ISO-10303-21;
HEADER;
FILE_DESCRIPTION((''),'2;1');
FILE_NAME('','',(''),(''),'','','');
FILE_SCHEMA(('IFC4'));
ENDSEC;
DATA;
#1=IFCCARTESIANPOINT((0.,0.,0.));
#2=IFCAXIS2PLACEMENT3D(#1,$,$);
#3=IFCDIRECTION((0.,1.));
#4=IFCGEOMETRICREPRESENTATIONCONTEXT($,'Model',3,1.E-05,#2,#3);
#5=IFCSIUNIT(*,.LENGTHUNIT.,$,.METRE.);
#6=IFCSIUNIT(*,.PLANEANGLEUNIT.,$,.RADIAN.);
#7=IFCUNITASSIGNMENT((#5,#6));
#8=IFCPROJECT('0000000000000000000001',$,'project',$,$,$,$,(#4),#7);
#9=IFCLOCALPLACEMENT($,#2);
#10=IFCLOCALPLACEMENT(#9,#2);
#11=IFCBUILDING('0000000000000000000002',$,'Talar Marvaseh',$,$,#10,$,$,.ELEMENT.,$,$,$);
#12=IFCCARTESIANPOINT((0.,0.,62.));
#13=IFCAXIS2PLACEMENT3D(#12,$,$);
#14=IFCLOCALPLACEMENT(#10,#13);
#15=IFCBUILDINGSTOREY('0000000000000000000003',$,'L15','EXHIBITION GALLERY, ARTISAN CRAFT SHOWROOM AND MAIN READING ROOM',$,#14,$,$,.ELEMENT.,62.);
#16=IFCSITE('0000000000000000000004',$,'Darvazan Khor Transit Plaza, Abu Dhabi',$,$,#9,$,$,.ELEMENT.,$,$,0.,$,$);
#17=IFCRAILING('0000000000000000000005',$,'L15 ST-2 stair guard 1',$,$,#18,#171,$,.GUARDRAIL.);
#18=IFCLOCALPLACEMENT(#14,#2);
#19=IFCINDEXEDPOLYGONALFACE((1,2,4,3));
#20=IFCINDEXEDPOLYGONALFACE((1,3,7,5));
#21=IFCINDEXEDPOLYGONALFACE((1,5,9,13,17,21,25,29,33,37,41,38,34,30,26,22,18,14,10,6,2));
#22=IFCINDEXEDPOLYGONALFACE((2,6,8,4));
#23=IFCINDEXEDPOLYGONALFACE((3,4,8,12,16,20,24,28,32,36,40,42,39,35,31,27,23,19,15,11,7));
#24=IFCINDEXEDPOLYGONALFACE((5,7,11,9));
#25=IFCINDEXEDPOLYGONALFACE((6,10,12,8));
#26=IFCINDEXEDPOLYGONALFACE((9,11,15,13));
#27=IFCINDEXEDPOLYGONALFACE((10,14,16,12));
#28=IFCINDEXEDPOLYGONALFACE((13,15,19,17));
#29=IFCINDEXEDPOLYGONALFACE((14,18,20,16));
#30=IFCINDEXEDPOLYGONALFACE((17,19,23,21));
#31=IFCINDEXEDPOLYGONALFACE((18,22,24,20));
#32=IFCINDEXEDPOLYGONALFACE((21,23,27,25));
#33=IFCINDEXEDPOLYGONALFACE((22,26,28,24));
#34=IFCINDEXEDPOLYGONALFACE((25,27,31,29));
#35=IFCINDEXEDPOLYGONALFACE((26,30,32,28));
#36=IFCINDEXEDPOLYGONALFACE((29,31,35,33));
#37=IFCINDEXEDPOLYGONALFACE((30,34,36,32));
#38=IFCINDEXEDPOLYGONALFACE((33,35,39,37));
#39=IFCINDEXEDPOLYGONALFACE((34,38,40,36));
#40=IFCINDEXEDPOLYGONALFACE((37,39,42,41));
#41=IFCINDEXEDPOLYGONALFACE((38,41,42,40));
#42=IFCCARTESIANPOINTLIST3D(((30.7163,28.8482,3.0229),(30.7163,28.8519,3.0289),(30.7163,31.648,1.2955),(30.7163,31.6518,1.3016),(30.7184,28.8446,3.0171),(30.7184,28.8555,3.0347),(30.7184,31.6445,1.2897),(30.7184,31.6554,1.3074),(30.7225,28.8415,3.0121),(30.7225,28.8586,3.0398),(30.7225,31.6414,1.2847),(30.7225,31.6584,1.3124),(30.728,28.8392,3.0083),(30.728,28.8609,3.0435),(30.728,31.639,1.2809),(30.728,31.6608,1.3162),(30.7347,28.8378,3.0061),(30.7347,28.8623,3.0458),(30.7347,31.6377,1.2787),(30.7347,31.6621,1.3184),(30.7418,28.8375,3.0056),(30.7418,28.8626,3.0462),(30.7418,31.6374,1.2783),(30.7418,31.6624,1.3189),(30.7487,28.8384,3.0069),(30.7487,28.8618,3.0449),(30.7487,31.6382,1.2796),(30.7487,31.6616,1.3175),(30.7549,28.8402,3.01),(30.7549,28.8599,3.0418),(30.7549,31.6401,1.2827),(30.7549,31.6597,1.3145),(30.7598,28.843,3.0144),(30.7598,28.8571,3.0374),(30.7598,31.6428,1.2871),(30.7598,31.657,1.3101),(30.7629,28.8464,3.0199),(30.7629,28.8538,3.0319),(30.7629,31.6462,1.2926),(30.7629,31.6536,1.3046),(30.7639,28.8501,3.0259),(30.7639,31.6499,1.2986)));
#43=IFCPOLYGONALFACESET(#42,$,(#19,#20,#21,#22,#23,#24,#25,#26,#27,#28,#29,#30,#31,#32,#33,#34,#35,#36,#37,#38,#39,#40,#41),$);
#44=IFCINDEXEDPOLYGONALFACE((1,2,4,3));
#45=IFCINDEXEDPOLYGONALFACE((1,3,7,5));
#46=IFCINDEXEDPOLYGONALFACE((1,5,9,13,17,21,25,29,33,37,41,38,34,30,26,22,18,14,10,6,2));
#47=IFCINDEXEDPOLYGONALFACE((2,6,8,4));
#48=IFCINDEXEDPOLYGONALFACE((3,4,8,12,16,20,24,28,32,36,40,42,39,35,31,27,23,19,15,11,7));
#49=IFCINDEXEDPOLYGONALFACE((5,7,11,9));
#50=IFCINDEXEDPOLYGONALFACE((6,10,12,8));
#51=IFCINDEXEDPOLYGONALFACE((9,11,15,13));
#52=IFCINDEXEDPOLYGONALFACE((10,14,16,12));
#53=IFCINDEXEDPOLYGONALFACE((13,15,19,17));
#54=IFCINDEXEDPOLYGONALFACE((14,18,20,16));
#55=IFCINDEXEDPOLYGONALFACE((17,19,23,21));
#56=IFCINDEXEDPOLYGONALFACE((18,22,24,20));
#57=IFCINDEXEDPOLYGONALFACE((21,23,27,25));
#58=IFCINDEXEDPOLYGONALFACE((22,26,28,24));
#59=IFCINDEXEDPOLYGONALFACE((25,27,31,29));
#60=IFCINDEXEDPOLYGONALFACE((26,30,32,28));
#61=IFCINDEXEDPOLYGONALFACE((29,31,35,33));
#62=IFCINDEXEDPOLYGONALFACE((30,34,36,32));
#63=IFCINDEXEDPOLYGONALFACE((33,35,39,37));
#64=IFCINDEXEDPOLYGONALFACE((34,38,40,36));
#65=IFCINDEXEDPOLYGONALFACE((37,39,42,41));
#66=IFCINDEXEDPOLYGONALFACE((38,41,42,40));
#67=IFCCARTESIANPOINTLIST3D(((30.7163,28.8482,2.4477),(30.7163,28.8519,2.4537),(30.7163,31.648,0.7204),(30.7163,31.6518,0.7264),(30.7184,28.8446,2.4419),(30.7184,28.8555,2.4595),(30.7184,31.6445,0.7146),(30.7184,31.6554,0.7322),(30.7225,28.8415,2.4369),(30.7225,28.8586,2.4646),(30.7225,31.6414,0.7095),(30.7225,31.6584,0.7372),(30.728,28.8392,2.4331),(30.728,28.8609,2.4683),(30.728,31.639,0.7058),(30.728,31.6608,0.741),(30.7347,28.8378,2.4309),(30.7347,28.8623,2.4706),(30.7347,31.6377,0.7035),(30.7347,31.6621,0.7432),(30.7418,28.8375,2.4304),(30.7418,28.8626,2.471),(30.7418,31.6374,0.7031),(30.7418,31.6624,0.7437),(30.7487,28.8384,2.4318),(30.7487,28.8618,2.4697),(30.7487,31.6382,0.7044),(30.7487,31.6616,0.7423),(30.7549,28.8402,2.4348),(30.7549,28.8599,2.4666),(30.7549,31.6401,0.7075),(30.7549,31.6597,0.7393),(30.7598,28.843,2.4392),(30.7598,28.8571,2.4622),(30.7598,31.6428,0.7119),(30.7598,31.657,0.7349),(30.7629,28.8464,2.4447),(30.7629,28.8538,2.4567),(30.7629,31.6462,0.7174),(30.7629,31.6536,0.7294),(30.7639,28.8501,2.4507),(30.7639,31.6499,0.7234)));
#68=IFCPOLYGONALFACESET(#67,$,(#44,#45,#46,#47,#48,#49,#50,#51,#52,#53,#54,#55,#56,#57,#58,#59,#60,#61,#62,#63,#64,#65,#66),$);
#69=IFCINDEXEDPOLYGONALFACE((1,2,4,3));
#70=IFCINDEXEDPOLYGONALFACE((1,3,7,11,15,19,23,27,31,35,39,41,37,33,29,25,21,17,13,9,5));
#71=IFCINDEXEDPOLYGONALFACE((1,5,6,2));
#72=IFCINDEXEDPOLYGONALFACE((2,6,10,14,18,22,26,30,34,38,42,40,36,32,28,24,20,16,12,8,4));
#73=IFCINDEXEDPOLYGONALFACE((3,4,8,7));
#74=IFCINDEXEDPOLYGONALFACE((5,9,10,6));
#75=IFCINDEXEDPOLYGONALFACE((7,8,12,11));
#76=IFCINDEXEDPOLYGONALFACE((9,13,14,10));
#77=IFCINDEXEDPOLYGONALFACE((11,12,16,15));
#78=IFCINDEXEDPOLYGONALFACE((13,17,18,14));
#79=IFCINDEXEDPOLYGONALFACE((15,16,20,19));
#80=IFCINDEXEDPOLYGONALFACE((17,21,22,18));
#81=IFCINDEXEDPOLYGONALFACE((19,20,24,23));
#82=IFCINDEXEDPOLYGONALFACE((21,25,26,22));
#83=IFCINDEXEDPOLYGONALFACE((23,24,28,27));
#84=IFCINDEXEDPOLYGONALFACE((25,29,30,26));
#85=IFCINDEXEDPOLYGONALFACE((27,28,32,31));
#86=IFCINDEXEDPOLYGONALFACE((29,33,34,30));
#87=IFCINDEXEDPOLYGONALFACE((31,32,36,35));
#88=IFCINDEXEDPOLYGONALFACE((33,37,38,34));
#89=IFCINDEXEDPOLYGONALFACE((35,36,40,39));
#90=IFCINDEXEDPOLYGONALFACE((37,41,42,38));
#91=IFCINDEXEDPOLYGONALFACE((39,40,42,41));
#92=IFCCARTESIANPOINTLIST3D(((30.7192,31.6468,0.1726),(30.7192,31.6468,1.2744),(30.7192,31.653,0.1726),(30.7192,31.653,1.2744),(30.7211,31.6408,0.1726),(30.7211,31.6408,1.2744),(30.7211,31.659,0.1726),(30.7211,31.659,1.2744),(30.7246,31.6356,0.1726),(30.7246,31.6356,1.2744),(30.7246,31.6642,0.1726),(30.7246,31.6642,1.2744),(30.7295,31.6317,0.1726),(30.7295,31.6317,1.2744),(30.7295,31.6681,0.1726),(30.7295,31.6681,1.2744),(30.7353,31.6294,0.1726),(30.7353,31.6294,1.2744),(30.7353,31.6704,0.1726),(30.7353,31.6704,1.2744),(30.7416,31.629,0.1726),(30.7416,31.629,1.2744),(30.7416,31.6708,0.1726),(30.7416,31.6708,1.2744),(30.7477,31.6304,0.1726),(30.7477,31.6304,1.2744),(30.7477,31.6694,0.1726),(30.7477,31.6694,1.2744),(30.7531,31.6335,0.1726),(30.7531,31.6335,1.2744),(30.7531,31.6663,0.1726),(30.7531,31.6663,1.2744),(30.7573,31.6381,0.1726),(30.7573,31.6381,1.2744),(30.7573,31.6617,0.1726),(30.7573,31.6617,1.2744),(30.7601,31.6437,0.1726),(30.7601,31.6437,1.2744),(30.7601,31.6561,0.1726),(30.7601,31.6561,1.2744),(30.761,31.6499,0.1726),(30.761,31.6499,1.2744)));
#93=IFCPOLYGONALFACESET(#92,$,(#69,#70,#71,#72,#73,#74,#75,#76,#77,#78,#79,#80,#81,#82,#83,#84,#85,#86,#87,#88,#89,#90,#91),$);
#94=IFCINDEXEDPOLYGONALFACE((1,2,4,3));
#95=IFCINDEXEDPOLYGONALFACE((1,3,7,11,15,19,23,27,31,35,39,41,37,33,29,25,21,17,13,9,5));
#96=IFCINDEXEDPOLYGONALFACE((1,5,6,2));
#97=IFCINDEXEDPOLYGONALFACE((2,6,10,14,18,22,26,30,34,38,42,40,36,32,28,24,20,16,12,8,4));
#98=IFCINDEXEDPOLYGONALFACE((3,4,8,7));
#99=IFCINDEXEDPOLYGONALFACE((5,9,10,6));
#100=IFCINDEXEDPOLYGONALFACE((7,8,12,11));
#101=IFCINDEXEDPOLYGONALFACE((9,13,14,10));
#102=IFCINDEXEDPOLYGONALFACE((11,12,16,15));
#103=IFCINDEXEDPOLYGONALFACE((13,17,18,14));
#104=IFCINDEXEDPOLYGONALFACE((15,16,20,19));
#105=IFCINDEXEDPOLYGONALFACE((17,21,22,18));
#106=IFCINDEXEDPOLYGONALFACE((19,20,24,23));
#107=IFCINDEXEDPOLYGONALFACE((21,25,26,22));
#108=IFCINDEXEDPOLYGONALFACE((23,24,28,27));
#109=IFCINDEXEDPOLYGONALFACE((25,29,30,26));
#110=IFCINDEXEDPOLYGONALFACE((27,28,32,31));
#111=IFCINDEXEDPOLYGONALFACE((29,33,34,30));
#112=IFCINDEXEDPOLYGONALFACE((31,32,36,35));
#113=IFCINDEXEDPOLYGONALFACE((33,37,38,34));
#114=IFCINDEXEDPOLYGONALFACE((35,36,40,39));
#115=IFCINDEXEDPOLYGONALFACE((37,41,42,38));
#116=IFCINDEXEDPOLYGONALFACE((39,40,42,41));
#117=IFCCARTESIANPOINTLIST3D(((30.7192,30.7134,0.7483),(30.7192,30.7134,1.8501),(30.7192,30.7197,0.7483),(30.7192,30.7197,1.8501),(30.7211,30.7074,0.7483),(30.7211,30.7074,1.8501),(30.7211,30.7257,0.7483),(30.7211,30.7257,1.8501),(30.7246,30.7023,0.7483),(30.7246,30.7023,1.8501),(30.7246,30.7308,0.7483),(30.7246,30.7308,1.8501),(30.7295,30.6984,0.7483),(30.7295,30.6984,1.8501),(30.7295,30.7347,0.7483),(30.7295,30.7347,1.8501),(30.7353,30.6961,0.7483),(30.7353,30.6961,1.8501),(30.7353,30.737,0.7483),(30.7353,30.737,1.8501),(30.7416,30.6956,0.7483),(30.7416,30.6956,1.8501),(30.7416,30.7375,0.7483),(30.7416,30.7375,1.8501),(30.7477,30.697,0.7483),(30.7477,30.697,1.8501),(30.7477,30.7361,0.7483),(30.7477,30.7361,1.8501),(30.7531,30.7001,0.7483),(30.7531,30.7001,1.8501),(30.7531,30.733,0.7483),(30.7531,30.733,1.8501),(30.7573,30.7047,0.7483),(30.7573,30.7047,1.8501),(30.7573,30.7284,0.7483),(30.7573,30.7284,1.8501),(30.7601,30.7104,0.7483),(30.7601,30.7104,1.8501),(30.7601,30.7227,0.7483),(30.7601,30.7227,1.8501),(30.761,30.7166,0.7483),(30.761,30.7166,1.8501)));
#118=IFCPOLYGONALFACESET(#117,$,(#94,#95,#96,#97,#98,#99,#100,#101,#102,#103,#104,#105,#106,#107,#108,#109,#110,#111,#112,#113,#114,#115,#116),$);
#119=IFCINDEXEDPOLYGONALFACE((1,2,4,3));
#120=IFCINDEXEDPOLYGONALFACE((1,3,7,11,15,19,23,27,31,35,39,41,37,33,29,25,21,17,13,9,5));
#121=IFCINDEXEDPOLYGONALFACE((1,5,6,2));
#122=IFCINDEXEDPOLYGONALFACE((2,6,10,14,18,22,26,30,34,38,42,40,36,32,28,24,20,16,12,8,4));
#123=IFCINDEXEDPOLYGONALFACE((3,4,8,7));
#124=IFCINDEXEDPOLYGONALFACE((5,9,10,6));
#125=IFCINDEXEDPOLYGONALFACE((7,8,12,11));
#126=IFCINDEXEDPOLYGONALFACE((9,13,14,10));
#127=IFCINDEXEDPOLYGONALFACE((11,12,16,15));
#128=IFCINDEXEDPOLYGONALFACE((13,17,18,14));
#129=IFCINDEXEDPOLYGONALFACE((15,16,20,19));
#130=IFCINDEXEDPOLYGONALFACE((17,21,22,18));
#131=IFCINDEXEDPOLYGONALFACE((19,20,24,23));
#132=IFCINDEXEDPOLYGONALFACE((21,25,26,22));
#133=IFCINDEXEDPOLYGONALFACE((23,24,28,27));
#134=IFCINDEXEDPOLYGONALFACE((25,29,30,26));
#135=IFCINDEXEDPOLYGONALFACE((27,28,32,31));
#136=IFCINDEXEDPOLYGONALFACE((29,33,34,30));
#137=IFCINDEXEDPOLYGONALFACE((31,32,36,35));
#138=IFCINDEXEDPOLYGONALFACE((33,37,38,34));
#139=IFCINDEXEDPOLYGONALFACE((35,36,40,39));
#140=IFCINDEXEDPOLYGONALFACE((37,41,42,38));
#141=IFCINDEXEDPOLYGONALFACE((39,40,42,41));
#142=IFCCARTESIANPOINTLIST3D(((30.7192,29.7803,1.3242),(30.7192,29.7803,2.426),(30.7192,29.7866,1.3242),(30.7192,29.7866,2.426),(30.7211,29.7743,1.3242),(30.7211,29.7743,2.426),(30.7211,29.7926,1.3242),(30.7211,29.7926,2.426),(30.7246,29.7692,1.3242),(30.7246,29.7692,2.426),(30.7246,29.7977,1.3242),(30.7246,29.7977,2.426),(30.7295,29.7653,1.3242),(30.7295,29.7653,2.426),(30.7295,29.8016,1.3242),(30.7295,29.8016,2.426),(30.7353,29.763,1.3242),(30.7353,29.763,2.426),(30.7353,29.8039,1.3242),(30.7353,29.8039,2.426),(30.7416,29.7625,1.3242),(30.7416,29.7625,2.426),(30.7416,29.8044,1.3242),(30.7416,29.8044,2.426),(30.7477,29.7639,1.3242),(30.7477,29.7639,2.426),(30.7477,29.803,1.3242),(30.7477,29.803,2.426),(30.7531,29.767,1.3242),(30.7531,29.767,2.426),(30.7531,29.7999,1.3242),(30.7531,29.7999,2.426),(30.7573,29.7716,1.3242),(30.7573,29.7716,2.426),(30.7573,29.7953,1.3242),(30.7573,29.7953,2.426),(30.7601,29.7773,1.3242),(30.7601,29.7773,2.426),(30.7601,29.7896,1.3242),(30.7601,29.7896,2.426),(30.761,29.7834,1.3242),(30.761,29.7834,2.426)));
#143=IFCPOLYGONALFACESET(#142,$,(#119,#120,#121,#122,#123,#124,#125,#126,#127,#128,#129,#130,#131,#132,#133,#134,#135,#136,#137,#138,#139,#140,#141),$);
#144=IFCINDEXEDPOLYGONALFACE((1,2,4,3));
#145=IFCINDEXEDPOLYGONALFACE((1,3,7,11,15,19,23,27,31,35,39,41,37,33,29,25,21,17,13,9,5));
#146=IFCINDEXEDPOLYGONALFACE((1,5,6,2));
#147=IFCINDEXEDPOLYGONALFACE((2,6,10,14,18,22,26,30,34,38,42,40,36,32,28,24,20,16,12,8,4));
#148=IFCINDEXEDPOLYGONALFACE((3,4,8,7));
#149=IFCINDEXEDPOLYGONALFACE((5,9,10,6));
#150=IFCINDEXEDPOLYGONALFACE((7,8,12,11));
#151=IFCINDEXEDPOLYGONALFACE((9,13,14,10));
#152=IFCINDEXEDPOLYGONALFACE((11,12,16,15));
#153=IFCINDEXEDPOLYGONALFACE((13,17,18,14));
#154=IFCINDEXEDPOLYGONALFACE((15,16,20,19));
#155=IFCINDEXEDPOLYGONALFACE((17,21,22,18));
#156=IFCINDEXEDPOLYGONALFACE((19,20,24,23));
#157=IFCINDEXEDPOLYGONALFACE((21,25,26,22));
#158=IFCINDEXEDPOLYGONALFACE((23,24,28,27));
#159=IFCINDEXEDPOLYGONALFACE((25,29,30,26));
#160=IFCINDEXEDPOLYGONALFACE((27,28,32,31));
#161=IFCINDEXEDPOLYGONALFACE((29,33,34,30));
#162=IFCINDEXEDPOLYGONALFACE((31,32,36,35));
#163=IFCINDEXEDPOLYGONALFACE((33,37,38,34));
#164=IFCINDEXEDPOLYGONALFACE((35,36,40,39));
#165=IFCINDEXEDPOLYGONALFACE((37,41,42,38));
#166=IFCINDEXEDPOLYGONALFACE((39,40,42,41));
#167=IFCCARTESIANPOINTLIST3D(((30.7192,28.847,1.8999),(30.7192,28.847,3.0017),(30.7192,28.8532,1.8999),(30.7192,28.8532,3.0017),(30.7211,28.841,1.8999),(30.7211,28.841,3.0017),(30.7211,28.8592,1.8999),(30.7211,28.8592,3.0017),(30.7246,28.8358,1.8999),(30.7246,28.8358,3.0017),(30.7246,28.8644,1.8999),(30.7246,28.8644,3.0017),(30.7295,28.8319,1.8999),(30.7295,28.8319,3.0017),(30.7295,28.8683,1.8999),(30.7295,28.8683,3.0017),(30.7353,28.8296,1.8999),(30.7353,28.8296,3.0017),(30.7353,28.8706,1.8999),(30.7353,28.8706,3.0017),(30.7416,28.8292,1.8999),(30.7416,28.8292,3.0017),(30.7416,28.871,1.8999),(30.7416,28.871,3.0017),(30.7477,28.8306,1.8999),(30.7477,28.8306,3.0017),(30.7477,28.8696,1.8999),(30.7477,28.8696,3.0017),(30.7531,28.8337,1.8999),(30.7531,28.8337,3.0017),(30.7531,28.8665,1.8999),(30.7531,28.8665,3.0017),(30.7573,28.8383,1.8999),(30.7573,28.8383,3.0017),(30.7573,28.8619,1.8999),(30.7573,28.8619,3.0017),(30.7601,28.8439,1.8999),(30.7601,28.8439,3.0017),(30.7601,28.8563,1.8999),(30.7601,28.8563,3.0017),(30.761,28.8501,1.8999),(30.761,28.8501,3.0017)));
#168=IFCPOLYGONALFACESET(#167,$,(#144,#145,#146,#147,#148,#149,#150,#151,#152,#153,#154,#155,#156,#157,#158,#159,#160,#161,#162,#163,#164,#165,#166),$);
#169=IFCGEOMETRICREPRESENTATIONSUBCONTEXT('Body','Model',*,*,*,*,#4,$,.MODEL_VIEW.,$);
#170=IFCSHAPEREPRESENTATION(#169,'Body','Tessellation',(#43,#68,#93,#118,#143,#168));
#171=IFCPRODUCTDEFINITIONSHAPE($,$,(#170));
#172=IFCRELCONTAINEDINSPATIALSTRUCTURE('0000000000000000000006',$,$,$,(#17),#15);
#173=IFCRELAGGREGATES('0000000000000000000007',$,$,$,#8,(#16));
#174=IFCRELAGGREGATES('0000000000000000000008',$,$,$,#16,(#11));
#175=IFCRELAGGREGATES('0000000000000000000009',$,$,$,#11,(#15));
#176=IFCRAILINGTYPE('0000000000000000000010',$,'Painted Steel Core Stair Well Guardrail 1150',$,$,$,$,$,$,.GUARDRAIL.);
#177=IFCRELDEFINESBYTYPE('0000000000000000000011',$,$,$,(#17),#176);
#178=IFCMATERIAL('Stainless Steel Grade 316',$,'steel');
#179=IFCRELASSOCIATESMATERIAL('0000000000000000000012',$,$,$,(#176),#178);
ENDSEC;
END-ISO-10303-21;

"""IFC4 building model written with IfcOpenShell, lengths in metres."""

from ifc_helpers import new_model, si_unit, direction, frame, origin, origin_2d, place, context, subcontext, project, spatial, circle, extrude, material, type_object, element, save


model = new_model("IFC4")

# Units and contexts
model_context = context("Model", 3, precision=1e-05, world=origin(), true_north=direction((0.0, 1.0)))
body_context = subcontext(model_context, "Body", "Model", "MODEL_VIEW")
ifc_project = project(units=[si_unit("LENGTHUNIT", "METRE"), si_unit("PLANEANGLEUNIT", "RADIAN")], contexts=[model_context])

# Site, building, storey
site_placement = place(None, origin())
site = spatial("IfcSite", under=ifc_project, at=site_placement, Name="Darvazan Khor Transit Plaza, Abu Dhabi", CompositionType="ELEMENT", RefElevation=0.0)
building_placement = place(site_placement, origin())
building = spatial("IfcBuilding", under=site, at=building_placement, Name="Talar Marvaseh", CompositionType="ELEMENT")
storey_placement = place(building_placement, frame((0.0, 0.0, 62.0)))
storey = spatial("IfcBuildingStorey", under=building, at=storey_placement, Name="L15", Description="EXHIBITION GALLERY, ARTISAN CRAFT SHOWROOM AND MAIN READING ROOM", CompositionType="ELEMENT", Elevation=62.0)

# Shared definitions
ifc_material_1 = material(Name="Stainless Steel Grade 316", Category="steel")

# Railing
railing_type = type_object("IfcRailingType", Name="Painted Steel Core Stair Well Guardrail 1150", PredefinedType="GUARDRAIL", material=ifc_material_1)
railing_1_placement = place(storey_placement, frame((30.74, 31.6499, 0.1726)))
element("IfcRailing", 1, at=railing_1_placement, inside=storey, type_object=railing_type, Name="L15 ST-2 stair guard 1", PredefinedType="GUARDRAIL", context=body_context, shape_type="SweptSolid", body=[
    extrude(circle(Radius=0.0239, at=origin_2d()), frame((0.0, 0.0, 1.126), z_axis=(0.0, -0.851069, 0.525054), x_axis=(1.0, 0.0, 0.0)), (0.0, 0.0, 1.0), 3.2898),
    extrude(circle(Radius=0.0239, at=origin_2d()), frame((0.0, 0.0, 0.5508), z_axis=(0.0, -0.851069, 0.525054), x_axis=(1.0, 0.0, 0.0)), (0.0, 0.0, 1.0), 3.2898),
    extrude(circle(Radius=0.021, at=origin_2d()), origin(), (0.0, 0.0, 1.0), 1.1018),
    extrude(circle(Radius=0.021, at=origin_2d()), frame((0.0, -0.9333, 0.5757)), (0.0, 0.0, 1.0), 1.1018),
    extrude(circle(Radius=0.021, at=origin_2d()), frame((0.0, -1.8665, 1.1516)), (0.0, 0.0, 1.0), 1.1018),
    extrude(circle(Radius=0.021, at=origin_2d()), frame((0.0, -2.7998, 1.7273)), (0.0, 0.0, 1.0), 1.1018),
])

save(model, "model.ifc")
